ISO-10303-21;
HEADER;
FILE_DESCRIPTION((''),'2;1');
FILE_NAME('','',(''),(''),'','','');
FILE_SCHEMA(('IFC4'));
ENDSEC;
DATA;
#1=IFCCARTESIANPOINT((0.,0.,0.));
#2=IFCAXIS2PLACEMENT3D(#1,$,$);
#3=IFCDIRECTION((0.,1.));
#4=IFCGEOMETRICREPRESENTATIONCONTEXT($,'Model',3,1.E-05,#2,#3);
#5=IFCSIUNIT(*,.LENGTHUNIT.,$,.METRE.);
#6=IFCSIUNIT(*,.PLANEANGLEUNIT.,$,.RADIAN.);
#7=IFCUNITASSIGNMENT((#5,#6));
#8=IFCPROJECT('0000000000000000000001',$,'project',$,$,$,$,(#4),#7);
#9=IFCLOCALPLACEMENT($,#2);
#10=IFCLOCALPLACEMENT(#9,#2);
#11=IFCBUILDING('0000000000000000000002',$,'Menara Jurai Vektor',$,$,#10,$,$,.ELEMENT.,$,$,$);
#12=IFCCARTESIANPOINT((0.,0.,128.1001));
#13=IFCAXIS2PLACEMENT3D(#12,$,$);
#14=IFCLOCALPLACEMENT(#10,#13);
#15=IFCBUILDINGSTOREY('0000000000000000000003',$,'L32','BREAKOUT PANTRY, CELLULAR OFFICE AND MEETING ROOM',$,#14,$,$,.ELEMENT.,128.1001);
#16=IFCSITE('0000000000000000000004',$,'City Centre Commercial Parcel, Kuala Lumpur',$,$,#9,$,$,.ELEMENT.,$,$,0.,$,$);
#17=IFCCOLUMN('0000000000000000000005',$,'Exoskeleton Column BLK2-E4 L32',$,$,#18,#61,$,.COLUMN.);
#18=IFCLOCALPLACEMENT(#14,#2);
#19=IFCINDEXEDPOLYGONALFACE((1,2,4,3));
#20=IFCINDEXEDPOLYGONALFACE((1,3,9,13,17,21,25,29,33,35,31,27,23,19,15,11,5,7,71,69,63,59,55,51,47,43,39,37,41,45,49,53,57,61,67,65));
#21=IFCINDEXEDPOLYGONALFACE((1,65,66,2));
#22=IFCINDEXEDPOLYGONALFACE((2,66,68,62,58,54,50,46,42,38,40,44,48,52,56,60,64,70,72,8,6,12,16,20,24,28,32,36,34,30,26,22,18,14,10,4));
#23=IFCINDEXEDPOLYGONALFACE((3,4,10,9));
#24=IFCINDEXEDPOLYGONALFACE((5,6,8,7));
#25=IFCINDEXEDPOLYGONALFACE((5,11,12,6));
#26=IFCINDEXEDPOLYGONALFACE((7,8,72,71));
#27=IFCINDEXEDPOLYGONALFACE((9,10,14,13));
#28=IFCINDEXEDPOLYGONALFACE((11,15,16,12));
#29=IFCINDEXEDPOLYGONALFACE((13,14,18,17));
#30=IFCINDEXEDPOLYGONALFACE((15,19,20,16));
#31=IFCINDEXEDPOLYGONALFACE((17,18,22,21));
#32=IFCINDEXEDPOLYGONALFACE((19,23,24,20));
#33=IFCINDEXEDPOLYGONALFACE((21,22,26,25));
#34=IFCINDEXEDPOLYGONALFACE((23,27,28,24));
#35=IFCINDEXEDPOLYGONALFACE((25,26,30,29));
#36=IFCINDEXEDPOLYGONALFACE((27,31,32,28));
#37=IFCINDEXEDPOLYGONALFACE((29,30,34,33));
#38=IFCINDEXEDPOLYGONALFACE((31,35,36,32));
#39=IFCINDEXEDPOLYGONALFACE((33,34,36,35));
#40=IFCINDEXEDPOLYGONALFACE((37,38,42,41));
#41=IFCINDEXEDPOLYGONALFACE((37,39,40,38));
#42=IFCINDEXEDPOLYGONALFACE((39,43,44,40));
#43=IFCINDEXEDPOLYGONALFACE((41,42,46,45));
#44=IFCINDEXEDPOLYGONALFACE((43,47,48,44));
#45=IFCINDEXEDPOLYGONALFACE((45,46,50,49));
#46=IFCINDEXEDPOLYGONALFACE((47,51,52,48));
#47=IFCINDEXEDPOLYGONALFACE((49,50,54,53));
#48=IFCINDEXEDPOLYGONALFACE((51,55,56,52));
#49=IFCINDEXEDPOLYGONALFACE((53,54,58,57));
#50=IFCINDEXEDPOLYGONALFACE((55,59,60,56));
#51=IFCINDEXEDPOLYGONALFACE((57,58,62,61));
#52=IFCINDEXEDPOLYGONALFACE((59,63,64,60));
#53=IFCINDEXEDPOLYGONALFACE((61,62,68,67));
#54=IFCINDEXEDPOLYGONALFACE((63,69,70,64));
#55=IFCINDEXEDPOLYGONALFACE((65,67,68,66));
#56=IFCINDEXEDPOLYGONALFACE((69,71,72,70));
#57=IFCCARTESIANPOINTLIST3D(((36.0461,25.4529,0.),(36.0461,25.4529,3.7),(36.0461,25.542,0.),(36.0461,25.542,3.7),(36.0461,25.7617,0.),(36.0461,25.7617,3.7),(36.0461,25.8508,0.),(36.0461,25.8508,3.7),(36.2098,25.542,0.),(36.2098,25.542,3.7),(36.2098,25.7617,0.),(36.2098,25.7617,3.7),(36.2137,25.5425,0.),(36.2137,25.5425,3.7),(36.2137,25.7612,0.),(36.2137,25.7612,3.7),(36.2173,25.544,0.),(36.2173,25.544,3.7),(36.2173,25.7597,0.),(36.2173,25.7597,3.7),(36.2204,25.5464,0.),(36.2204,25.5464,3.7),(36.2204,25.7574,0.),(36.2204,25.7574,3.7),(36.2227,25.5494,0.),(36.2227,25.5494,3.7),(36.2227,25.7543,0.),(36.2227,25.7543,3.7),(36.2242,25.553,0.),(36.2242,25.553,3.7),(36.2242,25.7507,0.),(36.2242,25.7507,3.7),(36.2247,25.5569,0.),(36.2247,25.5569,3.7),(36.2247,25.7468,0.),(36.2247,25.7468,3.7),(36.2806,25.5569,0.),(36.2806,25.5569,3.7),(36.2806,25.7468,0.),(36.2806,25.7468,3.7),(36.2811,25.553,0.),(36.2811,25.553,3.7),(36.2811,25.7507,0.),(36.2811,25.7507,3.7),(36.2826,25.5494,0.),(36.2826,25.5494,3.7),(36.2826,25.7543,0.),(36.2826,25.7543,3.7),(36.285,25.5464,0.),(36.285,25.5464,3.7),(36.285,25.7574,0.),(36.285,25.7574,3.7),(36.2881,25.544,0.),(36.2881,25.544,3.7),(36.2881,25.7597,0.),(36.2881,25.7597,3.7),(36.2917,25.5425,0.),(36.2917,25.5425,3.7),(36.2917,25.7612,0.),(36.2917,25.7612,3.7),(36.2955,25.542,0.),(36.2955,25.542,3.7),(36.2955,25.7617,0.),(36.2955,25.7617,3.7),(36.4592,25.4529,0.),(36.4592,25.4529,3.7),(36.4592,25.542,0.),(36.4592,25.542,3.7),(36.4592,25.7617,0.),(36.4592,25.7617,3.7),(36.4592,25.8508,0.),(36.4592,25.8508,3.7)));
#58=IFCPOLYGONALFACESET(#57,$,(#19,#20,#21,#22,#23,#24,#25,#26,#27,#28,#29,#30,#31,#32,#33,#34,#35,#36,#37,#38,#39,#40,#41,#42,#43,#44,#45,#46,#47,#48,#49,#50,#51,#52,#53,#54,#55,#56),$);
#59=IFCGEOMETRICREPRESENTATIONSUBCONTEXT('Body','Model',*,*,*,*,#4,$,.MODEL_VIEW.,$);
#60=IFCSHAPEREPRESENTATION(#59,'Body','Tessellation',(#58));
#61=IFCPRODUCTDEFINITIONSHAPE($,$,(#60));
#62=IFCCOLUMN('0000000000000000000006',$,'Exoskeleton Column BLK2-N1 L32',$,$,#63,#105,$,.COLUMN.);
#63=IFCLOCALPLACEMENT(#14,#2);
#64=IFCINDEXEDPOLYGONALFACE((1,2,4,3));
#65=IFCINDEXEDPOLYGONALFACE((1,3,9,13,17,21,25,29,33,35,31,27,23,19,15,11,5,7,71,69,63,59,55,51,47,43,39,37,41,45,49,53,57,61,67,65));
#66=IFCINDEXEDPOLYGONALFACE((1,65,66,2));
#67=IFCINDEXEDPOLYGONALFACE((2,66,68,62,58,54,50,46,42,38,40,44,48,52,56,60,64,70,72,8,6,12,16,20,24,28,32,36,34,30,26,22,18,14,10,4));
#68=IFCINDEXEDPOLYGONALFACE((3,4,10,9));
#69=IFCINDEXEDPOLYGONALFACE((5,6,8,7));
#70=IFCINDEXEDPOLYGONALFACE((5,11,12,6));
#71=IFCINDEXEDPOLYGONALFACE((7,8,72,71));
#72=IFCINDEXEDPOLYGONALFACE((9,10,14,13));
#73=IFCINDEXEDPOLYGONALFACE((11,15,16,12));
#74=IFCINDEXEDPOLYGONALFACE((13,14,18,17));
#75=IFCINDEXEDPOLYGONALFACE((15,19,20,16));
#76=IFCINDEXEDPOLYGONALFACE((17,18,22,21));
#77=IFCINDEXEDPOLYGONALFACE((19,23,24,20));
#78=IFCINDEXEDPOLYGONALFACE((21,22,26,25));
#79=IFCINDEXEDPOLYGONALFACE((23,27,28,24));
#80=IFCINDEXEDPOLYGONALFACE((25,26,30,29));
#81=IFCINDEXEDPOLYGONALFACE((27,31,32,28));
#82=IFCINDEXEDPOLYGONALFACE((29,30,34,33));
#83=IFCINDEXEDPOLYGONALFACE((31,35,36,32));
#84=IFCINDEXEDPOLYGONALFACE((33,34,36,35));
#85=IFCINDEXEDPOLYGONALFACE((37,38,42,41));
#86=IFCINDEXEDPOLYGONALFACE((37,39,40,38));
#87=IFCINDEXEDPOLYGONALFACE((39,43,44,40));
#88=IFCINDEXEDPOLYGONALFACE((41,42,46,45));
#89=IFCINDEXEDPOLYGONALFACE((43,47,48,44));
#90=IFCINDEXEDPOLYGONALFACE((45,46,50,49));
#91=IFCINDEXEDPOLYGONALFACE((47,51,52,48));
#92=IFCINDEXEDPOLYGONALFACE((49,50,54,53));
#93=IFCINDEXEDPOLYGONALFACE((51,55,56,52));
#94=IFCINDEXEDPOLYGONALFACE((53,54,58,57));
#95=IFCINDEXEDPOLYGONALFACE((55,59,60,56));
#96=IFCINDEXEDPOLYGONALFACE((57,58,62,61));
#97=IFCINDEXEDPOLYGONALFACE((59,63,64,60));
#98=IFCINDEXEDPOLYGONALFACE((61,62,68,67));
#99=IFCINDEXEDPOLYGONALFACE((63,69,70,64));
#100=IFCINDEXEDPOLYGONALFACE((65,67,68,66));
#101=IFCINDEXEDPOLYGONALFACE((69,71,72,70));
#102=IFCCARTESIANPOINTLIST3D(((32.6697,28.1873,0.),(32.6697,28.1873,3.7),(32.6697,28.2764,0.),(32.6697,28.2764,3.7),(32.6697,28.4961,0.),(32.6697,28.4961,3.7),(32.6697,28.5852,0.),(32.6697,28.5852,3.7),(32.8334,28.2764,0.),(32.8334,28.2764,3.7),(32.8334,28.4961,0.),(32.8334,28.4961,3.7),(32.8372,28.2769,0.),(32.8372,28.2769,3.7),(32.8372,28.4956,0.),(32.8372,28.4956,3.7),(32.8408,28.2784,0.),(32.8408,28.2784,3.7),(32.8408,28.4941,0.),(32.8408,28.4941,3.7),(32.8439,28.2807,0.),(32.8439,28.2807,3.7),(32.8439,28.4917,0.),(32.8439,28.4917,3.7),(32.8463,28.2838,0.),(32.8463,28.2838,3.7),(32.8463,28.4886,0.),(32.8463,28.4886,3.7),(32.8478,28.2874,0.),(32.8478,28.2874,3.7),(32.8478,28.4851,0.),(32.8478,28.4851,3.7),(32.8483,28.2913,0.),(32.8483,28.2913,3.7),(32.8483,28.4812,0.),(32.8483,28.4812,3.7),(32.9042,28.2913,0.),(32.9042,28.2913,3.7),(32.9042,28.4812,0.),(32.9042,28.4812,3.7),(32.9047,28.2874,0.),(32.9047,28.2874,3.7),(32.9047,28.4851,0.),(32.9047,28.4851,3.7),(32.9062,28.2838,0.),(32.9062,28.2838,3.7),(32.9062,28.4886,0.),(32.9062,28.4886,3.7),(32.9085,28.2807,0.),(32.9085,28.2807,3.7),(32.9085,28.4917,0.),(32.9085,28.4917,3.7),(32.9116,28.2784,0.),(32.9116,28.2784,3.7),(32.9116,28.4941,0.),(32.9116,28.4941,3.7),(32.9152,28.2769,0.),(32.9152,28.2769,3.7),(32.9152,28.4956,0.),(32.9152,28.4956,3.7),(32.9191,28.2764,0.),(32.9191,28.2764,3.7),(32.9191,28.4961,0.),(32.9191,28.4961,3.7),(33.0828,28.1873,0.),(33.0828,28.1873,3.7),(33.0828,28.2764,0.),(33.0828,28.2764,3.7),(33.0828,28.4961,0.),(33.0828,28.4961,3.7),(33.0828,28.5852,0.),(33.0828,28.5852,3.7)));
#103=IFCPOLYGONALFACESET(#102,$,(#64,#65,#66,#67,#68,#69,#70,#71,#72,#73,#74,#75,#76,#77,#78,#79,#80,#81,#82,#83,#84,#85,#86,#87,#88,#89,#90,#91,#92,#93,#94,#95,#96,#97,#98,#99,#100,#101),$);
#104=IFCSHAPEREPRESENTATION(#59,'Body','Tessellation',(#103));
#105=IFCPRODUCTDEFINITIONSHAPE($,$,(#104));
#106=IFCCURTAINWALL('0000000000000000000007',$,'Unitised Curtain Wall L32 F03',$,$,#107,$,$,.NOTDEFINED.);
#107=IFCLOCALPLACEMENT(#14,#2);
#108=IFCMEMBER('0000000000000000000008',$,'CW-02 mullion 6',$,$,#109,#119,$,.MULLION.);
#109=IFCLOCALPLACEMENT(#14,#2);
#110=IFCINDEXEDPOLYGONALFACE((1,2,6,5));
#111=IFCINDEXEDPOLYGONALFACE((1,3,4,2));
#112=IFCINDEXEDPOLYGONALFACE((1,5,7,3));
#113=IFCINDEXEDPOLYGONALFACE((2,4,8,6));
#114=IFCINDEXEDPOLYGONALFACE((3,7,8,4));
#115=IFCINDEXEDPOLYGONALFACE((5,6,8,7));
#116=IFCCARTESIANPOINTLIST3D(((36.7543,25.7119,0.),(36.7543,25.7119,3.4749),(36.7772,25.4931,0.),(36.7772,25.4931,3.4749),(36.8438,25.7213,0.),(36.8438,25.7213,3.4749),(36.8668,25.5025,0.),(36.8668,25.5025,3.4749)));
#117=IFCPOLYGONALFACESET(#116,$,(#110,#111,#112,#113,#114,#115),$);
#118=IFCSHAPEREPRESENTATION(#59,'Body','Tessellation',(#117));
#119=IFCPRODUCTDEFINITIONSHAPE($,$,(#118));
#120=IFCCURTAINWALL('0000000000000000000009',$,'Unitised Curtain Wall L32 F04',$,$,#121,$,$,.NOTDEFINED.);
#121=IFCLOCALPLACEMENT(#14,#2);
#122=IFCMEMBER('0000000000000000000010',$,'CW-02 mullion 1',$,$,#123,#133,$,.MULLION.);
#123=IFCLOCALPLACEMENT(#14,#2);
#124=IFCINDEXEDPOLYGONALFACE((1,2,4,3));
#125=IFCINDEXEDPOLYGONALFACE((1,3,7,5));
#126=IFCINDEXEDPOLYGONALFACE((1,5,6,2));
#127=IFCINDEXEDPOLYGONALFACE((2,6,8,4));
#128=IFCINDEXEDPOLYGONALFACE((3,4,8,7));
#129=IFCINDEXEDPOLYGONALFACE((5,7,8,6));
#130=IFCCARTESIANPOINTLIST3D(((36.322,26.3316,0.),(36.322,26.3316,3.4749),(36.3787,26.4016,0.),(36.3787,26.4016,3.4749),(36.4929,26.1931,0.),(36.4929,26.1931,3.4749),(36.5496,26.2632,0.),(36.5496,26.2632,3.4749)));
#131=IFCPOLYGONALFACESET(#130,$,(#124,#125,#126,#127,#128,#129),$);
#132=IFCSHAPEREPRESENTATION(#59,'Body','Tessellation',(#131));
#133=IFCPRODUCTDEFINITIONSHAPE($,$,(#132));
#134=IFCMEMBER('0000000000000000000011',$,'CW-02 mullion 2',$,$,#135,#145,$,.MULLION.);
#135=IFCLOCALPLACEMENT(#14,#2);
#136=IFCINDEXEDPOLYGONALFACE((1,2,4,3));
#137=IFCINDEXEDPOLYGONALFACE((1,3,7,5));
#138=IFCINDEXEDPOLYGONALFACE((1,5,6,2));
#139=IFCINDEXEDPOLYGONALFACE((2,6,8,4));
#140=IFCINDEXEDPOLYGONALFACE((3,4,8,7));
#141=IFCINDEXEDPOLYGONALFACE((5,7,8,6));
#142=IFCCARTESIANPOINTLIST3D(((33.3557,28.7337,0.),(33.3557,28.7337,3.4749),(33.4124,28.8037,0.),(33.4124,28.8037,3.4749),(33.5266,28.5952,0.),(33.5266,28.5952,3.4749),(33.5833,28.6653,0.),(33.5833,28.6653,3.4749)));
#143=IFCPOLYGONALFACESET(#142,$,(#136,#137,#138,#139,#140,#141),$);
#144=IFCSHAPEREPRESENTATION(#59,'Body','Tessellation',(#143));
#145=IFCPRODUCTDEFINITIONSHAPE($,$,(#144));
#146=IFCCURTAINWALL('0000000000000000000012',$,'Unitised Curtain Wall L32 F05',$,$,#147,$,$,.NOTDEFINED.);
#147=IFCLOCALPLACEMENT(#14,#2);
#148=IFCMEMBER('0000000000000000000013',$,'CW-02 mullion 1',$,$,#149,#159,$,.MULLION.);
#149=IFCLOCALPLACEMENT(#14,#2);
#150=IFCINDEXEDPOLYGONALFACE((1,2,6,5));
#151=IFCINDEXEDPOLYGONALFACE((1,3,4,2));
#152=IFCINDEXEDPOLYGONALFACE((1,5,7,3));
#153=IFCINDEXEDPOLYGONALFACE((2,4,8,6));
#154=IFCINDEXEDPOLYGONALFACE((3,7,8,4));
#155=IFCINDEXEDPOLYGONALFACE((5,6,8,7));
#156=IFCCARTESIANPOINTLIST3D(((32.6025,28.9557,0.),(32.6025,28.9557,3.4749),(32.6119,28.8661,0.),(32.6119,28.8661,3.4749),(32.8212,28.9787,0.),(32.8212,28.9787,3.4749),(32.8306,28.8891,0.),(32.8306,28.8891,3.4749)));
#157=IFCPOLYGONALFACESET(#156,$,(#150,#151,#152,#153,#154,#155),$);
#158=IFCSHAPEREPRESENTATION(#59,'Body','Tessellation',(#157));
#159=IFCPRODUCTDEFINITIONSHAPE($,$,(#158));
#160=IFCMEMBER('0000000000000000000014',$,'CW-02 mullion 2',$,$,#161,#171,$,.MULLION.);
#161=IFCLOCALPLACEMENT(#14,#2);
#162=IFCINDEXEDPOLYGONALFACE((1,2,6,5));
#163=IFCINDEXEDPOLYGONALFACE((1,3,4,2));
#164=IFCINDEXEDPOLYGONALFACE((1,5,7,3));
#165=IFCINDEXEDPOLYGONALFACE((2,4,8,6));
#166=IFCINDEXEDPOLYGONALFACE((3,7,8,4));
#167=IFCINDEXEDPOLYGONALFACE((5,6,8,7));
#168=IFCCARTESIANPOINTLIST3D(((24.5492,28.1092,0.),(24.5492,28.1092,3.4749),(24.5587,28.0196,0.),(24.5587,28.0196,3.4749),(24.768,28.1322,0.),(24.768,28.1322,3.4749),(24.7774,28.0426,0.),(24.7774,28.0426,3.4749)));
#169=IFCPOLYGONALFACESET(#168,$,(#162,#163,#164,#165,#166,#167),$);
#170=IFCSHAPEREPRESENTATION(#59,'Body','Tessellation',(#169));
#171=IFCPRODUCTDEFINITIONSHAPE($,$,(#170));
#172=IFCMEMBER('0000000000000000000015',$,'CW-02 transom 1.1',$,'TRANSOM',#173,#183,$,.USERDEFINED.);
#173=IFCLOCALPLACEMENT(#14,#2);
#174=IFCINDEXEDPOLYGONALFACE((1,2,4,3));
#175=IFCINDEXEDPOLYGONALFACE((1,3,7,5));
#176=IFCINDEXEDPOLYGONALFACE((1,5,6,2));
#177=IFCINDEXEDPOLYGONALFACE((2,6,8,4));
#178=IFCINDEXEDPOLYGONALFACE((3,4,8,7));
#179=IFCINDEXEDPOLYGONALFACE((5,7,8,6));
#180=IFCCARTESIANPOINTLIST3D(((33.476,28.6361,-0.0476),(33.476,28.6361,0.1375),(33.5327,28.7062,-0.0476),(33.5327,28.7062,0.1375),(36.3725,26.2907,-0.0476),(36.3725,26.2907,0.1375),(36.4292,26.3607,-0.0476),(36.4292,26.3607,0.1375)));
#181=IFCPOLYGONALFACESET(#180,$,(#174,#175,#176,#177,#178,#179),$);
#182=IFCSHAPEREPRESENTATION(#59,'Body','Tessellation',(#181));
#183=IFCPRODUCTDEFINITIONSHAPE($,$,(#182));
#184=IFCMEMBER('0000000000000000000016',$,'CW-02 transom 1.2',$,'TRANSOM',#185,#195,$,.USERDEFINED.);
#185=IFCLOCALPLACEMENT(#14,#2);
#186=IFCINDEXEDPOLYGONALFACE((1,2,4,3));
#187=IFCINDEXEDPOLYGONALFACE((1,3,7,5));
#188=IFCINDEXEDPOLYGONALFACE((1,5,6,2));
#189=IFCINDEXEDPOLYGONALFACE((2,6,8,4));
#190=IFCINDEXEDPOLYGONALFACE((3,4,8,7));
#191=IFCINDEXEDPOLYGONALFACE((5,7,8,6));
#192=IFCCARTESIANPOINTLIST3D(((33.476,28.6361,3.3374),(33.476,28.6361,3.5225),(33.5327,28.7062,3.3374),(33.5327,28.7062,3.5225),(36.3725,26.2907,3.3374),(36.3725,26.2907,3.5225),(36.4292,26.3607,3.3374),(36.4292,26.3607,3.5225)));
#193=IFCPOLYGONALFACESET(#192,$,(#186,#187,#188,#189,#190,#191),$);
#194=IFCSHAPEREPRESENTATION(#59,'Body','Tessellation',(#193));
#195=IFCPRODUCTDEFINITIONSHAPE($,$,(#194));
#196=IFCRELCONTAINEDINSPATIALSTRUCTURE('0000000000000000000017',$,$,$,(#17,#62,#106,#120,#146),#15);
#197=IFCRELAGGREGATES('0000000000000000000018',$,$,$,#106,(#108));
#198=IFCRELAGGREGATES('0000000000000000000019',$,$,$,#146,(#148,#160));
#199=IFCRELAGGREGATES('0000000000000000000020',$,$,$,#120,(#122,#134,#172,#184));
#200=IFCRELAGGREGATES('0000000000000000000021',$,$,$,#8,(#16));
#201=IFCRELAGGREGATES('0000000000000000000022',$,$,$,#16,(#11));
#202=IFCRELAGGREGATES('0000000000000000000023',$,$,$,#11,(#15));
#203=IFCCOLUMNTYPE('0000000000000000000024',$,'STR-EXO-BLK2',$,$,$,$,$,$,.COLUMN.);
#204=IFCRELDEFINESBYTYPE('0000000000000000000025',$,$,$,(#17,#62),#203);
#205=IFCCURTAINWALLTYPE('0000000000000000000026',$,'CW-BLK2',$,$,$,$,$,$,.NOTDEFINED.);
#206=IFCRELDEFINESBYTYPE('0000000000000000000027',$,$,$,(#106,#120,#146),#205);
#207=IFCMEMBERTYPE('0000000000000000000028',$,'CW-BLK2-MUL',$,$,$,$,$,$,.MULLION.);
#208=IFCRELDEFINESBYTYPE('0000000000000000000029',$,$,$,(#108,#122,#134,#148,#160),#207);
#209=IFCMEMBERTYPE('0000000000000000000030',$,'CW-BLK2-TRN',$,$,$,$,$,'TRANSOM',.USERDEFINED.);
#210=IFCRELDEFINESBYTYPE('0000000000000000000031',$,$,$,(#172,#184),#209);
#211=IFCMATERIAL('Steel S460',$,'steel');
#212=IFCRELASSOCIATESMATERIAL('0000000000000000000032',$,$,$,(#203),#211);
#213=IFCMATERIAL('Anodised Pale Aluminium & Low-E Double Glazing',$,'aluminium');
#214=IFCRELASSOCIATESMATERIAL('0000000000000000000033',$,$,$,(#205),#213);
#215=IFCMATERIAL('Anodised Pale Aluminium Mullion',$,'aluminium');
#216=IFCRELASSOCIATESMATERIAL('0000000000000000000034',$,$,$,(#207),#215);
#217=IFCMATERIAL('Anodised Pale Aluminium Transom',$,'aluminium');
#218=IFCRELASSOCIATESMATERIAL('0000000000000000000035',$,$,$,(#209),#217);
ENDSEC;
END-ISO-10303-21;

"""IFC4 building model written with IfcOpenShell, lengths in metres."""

from ifc_helpers import new_model, si_unit, direction, frame, origin, origin_2d, place, context, subcontext, project, spatial, rectangle, i_section, extrude, material, material_profile, profile_set, type_object, element, aggregate, save


model = new_model("IFC4")

# Units and contexts
model_context = context("Model", 3, precision=1e-05, world=origin(), true_north=direction((0.0, 1.0)))
body_context = subcontext(model_context, "Body", "Model", "MODEL_VIEW")
ifc_project = project(units=[si_unit("LENGTHUNIT", "METRE"), si_unit("PLANEANGLEUNIT", "RADIAN")], contexts=[model_context])

# Site, building, storey
site_placement = place(None, origin())
site = spatial("IfcSite", under=ifc_project, at=site_placement, Name="City Centre Commercial Parcel, Kuala Lumpur", CompositionType="ELEMENT", RefElevation=0.0)
building_placement = place(site_placement, origin())
building = spatial("IfcBuilding", under=site, at=building_placement, Name="Menara Jurai Vektor", CompositionType="ELEMENT")
storey_placement = place(building_placement, frame((0.0, 0.0, 128.1001)))
storey = spatial("IfcBuildingStorey", under=building, at=storey_placement, Name="L32", Description="BREAKOUT PANTRY, CELLULAR OFFICE AND MEETING ROOM", CompositionType="ELEMENT", Elevation=128.1001)

# Columns
ifc_material_1 = material(Name="Steel S460", Category="steel")
ifc_material_profile_1 = material_profile(ifc_material_1, i_section(OverallWidth=0.4131, OverallDepth=0.3979, WebThickness=0.0559, FlangeThickness=0.0891, FilletRadius=0.0149, at=origin_2d()), Name="HD 400x744")
ifc_profile_set_1 = profile_set([ifc_material_profile_1], Name="Steel S460")
column_type = type_object("IfcColumnType", Name="STR-EXO-BLK2", PredefinedType="COLUMN", material=ifc_profile_set_1)
for number, where, z_axis, x_axis, name in (
    (1, (36.2527, 25.6519, 0.0), (0.0, 0.0, 1.0), (1.0, 0.0, 0.0), "Exoskeleton Column BLK2-E4 L32"),
    (2, (32.8762, 28.3862, 0.0), (0.0, 0.0, 1.0), (1.0, 0.0, 0.0), "Exoskeleton Column BLK2-N1 L32"),
):
    element("IfcColumn", number, at=place(storey_placement, frame(where, z_axis=z_axis, x_axis=x_axis)), inside=storey, type_object=column_type, Name=name, PredefinedType="COLUMN", context=body_context, shape_type="SweptSolid", body=[
        extrude(i_section(OverallWidth=0.4131, OverallDepth=0.3979, WebThickness=0.0559, FlangeThickness=0.0891, FilletRadius=0.0149, at=origin_2d()), origin(), (0.0, 0.0, 1.0), 3.7),
    ])

# Curtain wall, member
ifc_material_2 = material(Name="Anodised Pale Aluminium & Low-E Double Glazing", Category="aluminium")
curtain_wall_type = type_object("IfcCurtainWallType", Name="CW-BLK2", PredefinedType="NOTDEFINED", material=ifc_material_2)
curtain_wall_1_placement = place(storey_placement, origin())
curtain_wall_1 = element("IfcCurtainWall", 3, at=curtain_wall_1_placement, inside=storey, type_object=curtain_wall_type, Name="Unitised Curtain Wall L32 F03", PredefinedType="NOTDEFINED")
ifc_material_3 = material(Name="Anodised Pale Aluminium Mullion", Category="aluminium")
ifc_material_profile_2 = material_profile(ifc_material_3, rectangle(XDim=0.0901, YDim=0.22, at=origin_2d()), Name="ALU MUL 90x220")
ifc_profile_set_2 = profile_set([ifc_material_profile_2], Name="Anodised Pale Aluminium Mullion")
member_type_1 = type_object("IfcMemberType", Name="CW-BLK2-MUL", PredefinedType="MULLION", material=ifc_profile_set_2)
member_1_placement = place(storey_placement, frame((36.8105, 25.6072, 0.0), z_axis=(0.0, 0.0, 1.0), x_axis=(-0.994522, -0.10453, 0.0)))
member_1 = element("IfcMember", 4, at=member_1_placement, type_object=member_type_1, Name="CW-02 mullion 6", PredefinedType="MULLION", context=body_context, shape_type="SweptSolid", body=[
    extrude(rectangle(XDim=0.0901, YDim=0.22, at=origin_2d()), origin(), (0.0, 0.0, 1.0), 3.4749),
])

# Curtain walls, members
curtain_wall_2_placement = place(storey_placement, origin())
curtain_wall_2 = element("IfcCurtainWall", 5, at=curtain_wall_2_placement, inside=storey, type_object=curtain_wall_type, Name="Unitised Curtain Wall L32 F04", PredefinedType="NOTDEFINED")
member_2_placement = place(storey_placement, frame((36.4358, 26.2974, 0.0), z_axis=(0.0, 0.0, 1.0), x_axis=(-0.629313, -0.777152, 0.0)))
member_2 = element("IfcMember", 6, at=member_2_placement, type_object=member_type_1, Name="CW-02 mullion 1", PredefinedType="MULLION", context=body_context, shape_type="SweptSolid", body=[
    extrude(rectangle(XDim=0.0901, YDim=0.22, at=origin_2d()), origin(), (0.0, 0.0, 1.0), 3.4749),
])
member_3_placement = place(storey_placement, frame((33.4695, 28.6995, 0.0), z_axis=(0.0, 0.0, 1.0), x_axis=(-0.629313, -0.777152, 0.0)))
member_3 = element("IfcMember", 7, at=member_3_placement, type_object=member_type_1, Name="CW-02 mullion 2", PredefinedType="MULLION", context=body_context, shape_type="SweptSolid", body=[
    extrude(rectangle(XDim=0.0901, YDim=0.22, at=origin_2d()), origin(), (0.0, 0.0, 1.0), 3.4749),
])
curtain_wall_3_placement = place(storey_placement, origin())
curtain_wall_3 = element("IfcCurtainWall", 8, at=curtain_wall_3_placement, inside=storey, type_object=curtain_wall_type, Name="Unitised Curtain Wall L32 F05", PredefinedType="NOTDEFINED")
member_4_placement = place(storey_placement, frame((32.7166, 28.9224, 0.0), z_axis=(0.0, 0.0, 1.0), x_axis=(0.104529, -0.994522, 0.0)))
member_4 = element("IfcMember", 9, at=member_4_placement, type_object=member_type_1, Name="CW-02 mullion 1", PredefinedType="MULLION", context=body_context, shape_type="SweptSolid", body=[
    extrude(rectangle(XDim=0.0901, YDim=0.22, at=origin_2d()), origin(), (0.0, 0.0, 1.0), 3.4749),
])
member_5_placement = place(storey_placement, frame((24.6633, 28.0759, 0.0), z_axis=(0.0, 0.0, 1.0), x_axis=(0.104529, -0.994522, 0.0)))
member_5 = element("IfcMember", 10, at=member_5_placement, type_object=member_type_1, Name="CW-02 mullion 2", PredefinedType="MULLION", context=body_context, shape_type="SweptSolid", body=[
    extrude(rectangle(XDim=0.0901, YDim=0.22, at=origin_2d()), origin(), (0.0, 0.0, 1.0), 3.4749),
])

# Members
ifc_material_4 = material(Name="Anodised Pale Aluminium Transom", Category="aluminium")
ifc_material_profile_3 = material_profile(ifc_material_4, rectangle(XDim=0.0901, YDim=0.1851, at=origin_2d()), Name="ALU TRN 90x185")
ifc_profile_set_3 = profile_set([ifc_material_profile_3], Name="Anodised Pale Aluminium Transom")
member_type_2 = type_object("IfcMemberType", Name="CW-BLK2-TRN", ElementType="TRANSOM", PredefinedType="USERDEFINED", material=ifc_profile_set_3)
member_6_placement = place(storey_placement, frame((36.4009, 26.3257, 0.0449), z_axis=(-0.777155, 0.629309, 0.0), x_axis=(-0.629309, -0.777155, 0.0)))
member_6 = element("IfcMember", 11, at=member_6_placement, type_object=member_type_2, Name="CW-02 transom 1.1", ObjectType="TRANSOM", PredefinedType="USERDEFINED", context=body_context, shape_type="SweptSolid", body=[
    extrude(rectangle(XDim=0.0901, YDim=0.1851, at=origin_2d()), origin(), (0.0, 0.0, 1.0), 3.7271),
])
member_7_placement = place(storey_placement, frame((36.4009, 26.3257, 3.4299), z_axis=(-0.777155, 0.629309, 0.0), x_axis=(-0.629309, -0.777155, 0.0)))
member_7 = element("IfcMember", 12, at=member_7_placement, type_object=member_type_2, Name="CW-02 transom 1.2", ObjectType="TRANSOM", PredefinedType="USERDEFINED", context=body_context, shape_type="SweptSolid", body=[
    extrude(rectangle(XDim=0.0901, YDim=0.1851, at=origin_2d()), origin(), (0.0, 0.0, 1.0), 3.7271),
])

aggregate(curtain_wall_1, [member_1])
aggregate(curtain_wall_3, [member_4, member_5])
aggregate(curtain_wall_2, [member_2, member_3, member_6, member_7])

save(model, "model.ifc")
